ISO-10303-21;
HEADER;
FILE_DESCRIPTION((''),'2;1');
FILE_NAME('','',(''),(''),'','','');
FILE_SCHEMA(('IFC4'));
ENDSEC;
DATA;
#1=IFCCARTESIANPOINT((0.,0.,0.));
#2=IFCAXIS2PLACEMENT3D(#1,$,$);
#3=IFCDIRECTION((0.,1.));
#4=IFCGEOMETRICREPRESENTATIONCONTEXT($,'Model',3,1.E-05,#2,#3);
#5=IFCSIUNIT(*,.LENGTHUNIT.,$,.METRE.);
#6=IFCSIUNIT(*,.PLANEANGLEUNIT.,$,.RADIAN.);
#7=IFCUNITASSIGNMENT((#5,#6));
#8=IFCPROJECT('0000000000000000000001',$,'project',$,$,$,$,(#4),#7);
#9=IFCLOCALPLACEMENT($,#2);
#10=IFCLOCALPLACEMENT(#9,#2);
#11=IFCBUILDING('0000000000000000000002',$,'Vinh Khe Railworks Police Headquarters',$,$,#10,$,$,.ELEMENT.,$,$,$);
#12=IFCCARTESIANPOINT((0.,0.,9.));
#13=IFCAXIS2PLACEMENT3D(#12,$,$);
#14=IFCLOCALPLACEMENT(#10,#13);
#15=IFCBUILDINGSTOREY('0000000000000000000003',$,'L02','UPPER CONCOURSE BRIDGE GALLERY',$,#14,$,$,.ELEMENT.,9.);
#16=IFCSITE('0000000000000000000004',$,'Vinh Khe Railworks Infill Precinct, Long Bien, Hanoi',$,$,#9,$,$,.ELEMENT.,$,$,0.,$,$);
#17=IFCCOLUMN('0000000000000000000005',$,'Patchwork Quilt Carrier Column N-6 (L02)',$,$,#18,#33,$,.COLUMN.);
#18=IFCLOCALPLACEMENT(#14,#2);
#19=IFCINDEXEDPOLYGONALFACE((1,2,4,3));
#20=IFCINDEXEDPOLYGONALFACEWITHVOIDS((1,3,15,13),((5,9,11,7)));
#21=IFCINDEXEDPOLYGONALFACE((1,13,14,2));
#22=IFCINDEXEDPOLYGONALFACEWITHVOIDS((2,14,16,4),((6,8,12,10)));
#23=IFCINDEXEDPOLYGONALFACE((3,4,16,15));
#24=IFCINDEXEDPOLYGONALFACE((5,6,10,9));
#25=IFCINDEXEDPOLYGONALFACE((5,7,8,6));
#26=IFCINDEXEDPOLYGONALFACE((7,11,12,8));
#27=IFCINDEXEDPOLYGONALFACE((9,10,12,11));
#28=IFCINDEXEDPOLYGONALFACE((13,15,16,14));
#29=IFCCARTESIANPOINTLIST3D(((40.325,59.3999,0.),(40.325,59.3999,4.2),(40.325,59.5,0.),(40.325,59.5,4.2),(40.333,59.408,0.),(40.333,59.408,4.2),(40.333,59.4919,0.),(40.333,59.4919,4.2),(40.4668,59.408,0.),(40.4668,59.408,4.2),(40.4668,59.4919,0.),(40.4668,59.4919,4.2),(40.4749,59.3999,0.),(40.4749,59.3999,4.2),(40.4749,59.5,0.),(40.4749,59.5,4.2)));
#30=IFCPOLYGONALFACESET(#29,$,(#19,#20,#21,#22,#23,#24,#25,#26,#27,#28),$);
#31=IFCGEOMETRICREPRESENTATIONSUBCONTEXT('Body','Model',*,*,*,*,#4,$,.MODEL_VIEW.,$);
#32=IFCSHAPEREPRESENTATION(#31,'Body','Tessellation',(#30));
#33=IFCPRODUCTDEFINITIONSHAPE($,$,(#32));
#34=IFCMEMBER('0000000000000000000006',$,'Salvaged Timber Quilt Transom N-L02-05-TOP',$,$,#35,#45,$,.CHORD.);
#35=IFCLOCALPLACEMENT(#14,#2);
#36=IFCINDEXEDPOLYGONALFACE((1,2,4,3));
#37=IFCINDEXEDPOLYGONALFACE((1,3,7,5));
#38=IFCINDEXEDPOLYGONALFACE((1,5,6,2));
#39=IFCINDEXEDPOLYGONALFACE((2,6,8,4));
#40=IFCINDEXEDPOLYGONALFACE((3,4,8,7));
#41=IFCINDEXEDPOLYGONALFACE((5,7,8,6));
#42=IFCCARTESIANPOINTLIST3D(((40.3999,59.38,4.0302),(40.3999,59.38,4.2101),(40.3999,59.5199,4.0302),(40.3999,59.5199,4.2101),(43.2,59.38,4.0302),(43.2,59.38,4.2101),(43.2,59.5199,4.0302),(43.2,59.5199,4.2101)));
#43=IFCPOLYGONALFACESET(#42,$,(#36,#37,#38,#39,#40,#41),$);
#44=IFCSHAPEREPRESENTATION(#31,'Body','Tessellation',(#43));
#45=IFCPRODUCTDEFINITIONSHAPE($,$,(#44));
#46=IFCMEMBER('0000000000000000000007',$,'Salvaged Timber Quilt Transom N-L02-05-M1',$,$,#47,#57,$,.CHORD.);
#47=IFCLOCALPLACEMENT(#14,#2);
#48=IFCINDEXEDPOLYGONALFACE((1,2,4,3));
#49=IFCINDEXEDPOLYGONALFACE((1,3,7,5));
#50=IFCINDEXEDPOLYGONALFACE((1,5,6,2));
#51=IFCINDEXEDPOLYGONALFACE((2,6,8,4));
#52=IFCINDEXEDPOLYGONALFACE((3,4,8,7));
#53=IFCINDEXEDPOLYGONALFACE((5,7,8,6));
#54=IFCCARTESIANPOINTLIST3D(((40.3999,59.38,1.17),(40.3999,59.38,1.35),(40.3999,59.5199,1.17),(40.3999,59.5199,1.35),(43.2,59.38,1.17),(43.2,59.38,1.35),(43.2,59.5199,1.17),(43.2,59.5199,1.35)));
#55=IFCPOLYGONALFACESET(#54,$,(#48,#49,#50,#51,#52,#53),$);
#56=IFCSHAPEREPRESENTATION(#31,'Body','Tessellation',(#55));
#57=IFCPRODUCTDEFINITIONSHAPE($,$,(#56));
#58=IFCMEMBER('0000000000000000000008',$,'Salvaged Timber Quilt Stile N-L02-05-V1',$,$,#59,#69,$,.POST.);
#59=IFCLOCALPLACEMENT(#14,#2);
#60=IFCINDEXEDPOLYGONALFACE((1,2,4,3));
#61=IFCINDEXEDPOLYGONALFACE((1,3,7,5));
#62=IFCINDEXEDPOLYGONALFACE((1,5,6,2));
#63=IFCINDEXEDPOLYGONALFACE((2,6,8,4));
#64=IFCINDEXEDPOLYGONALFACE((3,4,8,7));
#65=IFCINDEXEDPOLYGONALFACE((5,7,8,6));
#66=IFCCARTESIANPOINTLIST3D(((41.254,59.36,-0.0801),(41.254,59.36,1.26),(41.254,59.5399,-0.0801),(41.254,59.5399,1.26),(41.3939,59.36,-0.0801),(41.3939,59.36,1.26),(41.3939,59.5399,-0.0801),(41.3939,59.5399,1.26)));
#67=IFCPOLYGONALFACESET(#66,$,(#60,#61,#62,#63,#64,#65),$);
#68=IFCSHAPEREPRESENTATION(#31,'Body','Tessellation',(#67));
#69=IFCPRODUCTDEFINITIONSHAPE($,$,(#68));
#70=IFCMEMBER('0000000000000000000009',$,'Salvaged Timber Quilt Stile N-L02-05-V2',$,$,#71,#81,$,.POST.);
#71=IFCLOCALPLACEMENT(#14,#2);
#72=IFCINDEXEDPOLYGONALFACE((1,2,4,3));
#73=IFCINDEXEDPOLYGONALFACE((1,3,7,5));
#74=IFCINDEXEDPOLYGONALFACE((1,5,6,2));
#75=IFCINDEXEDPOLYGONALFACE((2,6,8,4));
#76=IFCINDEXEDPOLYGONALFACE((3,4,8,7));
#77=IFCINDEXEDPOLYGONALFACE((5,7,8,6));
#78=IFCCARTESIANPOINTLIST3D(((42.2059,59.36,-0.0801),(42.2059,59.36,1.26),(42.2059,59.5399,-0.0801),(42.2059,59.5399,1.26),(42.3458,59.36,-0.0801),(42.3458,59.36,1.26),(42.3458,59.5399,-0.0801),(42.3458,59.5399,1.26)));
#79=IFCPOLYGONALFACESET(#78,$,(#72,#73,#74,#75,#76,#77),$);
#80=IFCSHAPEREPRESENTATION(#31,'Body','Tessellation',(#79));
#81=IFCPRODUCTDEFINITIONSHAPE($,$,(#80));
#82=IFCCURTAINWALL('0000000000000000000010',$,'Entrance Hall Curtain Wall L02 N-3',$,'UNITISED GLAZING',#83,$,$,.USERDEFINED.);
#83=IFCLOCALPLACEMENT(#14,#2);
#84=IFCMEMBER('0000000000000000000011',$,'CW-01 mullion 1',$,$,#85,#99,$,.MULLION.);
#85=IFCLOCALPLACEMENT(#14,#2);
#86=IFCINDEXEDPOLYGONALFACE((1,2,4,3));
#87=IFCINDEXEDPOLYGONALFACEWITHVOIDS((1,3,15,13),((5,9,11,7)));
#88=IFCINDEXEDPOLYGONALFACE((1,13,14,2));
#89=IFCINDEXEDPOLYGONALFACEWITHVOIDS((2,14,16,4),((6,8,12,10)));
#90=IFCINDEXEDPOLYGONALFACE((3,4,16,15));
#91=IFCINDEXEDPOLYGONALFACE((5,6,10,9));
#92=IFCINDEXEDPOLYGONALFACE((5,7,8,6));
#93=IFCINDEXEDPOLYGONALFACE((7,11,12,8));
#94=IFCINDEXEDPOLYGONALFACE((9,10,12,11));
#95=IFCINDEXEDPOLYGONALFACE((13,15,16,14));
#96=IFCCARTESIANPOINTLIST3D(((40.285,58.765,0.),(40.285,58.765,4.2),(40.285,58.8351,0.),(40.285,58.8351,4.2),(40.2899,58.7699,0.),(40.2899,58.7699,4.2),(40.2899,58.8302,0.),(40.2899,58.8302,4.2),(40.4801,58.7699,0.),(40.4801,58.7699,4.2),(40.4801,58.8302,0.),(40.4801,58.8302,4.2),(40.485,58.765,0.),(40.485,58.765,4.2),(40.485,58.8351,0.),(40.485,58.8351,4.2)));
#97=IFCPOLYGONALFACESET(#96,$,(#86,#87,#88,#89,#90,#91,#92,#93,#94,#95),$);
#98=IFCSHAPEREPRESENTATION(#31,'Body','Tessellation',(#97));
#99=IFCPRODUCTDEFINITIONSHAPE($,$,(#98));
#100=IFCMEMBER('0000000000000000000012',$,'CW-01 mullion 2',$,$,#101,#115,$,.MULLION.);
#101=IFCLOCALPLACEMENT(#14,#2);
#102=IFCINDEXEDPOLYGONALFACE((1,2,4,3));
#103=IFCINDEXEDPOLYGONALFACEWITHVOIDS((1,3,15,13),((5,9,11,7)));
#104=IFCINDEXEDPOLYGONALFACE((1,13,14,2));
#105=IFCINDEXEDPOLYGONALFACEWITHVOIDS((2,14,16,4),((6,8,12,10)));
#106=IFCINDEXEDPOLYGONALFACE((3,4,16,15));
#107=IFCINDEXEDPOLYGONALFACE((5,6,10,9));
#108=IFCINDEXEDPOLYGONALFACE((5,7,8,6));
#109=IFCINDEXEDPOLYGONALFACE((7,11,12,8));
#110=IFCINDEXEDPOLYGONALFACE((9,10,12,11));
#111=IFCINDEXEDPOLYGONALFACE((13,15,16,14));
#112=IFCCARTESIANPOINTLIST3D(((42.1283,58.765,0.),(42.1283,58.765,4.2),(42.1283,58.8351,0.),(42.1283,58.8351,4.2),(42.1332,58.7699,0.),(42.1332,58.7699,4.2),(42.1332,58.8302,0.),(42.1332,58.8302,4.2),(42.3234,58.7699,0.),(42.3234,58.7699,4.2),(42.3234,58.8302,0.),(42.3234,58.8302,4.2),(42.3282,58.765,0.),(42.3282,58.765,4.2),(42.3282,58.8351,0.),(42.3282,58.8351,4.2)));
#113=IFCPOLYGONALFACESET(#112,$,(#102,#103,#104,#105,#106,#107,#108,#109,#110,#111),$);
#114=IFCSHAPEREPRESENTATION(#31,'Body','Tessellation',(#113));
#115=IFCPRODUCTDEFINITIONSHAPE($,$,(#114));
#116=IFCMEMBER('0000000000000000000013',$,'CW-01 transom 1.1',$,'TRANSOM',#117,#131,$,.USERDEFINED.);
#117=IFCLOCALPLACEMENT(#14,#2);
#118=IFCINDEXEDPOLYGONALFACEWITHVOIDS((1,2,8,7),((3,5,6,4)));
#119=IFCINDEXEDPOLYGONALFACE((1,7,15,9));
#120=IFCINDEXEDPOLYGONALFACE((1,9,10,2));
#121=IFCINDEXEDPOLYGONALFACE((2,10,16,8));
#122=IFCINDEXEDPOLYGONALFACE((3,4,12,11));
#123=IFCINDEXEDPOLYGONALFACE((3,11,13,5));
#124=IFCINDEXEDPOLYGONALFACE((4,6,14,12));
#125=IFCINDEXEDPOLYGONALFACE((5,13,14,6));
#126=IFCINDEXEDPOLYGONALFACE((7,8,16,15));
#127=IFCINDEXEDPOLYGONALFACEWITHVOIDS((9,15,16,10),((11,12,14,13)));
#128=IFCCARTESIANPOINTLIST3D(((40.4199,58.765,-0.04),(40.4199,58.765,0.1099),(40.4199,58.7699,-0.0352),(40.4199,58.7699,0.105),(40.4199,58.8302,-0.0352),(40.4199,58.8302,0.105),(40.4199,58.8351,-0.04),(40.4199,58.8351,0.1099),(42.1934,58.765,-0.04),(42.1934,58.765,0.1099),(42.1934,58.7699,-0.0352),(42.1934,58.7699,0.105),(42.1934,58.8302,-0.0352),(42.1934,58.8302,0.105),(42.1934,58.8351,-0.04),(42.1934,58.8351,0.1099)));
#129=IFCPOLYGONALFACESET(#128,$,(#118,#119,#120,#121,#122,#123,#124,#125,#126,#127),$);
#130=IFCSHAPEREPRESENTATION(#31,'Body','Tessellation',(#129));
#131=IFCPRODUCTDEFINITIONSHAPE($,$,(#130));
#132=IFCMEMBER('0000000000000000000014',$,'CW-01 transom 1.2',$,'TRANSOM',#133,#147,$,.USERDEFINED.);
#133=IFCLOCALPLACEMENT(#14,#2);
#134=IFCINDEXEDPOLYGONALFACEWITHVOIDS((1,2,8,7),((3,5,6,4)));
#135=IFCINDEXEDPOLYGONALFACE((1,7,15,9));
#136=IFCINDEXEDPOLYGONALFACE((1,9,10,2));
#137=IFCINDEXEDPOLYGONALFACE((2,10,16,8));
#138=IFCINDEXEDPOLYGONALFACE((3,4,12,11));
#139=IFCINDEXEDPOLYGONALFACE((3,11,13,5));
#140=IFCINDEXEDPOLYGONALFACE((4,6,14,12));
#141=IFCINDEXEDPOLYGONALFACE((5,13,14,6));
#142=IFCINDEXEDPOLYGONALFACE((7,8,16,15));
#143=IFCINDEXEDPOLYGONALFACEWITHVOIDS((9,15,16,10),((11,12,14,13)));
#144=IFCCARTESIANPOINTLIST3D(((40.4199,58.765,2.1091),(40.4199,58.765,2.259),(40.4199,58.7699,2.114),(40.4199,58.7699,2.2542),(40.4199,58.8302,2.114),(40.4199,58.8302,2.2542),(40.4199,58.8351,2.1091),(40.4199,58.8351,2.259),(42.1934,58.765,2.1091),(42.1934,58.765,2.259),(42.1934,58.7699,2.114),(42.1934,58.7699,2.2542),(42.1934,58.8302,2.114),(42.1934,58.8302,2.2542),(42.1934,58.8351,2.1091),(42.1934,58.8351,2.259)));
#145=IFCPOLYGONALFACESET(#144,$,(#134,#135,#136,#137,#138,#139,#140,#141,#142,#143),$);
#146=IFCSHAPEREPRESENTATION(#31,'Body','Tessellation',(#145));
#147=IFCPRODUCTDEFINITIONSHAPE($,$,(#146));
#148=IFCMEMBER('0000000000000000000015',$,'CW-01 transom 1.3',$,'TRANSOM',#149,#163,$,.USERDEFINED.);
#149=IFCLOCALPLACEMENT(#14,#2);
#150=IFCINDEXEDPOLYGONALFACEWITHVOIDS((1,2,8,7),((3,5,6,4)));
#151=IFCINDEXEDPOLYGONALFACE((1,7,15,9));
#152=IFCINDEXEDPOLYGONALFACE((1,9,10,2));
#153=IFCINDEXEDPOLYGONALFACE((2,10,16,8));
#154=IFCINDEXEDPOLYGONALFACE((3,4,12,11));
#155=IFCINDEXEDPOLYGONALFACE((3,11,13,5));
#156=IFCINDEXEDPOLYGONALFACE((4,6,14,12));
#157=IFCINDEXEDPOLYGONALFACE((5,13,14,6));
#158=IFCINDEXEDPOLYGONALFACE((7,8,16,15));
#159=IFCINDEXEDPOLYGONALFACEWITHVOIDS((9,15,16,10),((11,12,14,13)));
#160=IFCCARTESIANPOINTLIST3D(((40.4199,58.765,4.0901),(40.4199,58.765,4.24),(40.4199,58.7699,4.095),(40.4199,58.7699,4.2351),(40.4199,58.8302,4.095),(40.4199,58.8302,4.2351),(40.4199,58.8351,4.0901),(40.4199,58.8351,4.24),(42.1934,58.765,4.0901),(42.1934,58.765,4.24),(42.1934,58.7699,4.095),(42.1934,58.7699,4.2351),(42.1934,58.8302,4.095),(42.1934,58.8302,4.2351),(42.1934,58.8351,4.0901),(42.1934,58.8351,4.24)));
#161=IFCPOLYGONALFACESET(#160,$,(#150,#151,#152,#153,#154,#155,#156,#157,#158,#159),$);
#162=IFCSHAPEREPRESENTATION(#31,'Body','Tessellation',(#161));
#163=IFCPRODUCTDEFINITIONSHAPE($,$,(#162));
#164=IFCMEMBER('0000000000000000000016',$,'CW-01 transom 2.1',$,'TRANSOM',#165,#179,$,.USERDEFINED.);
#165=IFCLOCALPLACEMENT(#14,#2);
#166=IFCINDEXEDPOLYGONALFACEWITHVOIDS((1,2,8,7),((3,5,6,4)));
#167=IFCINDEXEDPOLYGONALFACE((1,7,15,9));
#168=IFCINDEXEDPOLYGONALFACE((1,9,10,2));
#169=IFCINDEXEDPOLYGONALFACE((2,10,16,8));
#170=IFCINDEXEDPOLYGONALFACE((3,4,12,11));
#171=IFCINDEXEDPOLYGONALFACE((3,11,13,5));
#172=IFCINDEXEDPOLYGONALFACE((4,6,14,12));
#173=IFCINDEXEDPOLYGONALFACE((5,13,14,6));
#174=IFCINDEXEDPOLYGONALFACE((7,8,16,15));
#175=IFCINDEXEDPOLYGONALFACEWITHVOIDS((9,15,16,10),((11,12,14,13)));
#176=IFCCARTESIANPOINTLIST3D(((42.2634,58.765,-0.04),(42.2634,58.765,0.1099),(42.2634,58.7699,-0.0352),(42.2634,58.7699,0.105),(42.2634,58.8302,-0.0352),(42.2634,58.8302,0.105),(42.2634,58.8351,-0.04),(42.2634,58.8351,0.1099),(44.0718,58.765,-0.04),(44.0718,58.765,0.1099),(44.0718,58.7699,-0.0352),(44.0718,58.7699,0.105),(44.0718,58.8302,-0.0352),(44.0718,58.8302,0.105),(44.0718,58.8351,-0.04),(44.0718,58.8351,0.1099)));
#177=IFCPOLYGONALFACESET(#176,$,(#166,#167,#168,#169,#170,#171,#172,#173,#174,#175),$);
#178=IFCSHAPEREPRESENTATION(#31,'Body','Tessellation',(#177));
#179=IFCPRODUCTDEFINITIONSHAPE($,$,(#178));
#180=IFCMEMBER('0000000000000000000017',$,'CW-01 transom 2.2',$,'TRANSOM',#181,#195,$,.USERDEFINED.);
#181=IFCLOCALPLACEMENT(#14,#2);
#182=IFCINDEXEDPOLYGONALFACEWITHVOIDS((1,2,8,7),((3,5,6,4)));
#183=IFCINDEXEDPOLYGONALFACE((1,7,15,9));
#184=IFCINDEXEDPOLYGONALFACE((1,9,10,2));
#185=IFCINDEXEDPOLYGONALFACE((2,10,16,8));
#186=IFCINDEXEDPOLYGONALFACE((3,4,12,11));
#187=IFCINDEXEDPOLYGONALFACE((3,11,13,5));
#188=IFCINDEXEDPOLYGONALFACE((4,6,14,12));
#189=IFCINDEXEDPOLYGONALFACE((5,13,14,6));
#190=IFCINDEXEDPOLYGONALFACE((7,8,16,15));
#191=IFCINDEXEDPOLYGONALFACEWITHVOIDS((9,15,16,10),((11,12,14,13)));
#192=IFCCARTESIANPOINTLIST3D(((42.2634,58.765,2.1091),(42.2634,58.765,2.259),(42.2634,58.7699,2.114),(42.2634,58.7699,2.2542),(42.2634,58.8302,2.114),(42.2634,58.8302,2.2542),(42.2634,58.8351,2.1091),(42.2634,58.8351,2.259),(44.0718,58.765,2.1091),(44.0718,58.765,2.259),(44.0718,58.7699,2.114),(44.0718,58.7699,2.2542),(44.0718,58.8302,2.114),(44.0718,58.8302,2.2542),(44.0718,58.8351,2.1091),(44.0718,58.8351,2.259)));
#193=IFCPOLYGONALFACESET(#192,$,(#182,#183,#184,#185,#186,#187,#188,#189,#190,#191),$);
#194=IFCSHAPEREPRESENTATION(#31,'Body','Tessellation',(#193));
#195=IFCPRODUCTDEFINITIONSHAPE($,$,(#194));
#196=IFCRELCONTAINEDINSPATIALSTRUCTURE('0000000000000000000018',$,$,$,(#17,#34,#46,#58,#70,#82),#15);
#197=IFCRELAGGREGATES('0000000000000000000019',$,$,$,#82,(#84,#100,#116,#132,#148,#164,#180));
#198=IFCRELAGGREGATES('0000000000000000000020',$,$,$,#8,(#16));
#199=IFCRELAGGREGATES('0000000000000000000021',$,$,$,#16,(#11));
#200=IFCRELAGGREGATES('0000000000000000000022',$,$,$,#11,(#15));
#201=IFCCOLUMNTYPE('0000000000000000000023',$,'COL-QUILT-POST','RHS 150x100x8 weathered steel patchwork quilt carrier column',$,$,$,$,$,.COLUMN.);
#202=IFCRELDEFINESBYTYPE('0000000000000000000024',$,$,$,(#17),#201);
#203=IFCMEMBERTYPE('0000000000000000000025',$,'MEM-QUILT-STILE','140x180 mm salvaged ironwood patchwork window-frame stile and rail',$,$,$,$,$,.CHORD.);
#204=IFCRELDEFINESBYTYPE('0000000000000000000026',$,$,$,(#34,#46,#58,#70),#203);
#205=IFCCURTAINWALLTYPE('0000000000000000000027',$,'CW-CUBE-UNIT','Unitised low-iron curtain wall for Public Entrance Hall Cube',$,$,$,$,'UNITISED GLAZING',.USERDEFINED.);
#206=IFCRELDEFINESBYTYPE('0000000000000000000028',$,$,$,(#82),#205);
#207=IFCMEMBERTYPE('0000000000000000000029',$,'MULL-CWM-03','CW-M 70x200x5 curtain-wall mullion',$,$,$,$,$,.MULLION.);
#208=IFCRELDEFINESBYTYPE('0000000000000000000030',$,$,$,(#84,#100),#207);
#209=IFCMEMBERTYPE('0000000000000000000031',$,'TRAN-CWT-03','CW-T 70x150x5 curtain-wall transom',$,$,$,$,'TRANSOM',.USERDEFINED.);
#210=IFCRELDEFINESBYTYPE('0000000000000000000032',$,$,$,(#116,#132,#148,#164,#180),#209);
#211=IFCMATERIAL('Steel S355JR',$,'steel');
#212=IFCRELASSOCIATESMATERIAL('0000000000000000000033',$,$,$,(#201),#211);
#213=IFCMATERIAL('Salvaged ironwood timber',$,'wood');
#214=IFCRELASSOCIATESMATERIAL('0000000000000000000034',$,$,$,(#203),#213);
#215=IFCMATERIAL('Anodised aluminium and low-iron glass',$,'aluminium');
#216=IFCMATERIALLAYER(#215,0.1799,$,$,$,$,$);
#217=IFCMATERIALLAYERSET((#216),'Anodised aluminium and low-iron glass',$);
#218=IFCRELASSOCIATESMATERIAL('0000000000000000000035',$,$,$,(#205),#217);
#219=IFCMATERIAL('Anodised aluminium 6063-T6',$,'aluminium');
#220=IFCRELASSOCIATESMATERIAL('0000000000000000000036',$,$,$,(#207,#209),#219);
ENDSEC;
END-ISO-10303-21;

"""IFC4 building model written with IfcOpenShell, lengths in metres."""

from ifc_helpers import new_model, si_unit, direction, frame, origin, origin_2d, place, context, subcontext, project, spatial, rectangle, hollow_rectangle, extrude, material, layer, layer_set, material_profile, profile_set, type_object, element, aggregate, save


model = new_model("IFC4")

# Units and contexts
model_context = context("Model", 3, precision=1e-05, world=origin(), true_north=direction((0.0, 1.0)))
body_context = subcontext(model_context, "Body", "Model", "MODEL_VIEW")
ifc_project = project(units=[si_unit("LENGTHUNIT", "METRE"), si_unit("PLANEANGLEUNIT", "RADIAN")], contexts=[model_context])

# Site, building, storey
site_placement = place(None, origin())
site = spatial("IfcSite", under=ifc_project, at=site_placement, Name="Vinh Khe Railworks Infill Precinct, Long Bien, Hanoi", CompositionType="ELEMENT", RefElevation=0.0)
building_placement = place(site_placement, origin())
building = spatial("IfcBuilding", under=site, at=building_placement, Name="Vinh Khe Railworks Police Headquarters", CompositionType="ELEMENT")
storey_placement = place(building_placement, frame((0.0, 0.0, 9.0)))
storey = spatial("IfcBuildingStorey", under=building, at=storey_placement, Name="L02", Description="UPPER CONCOURSE BRIDGE GALLERY", CompositionType="ELEMENT", Elevation=9.0)

# Column
ifc_material_1 = material(Name="Steel S355JR", Category="steel")
ifc_material_profile_1 = material_profile(ifc_material_1, hollow_rectangle(XDim=0.1499, YDim=0.1001, WallThickness=0.0081, at=origin_2d()), Name="RHS 150x100x8")
ifc_profile_set_1 = profile_set([ifc_material_profile_1], Name="Steel S355JR")
column_type = type_object("IfcColumnType", Name="COL-QUILT-POST", Description="RHS 150x100x8 weathered steel patchwork quilt carrier column", PredefinedType="COLUMN", material=ifc_profile_set_1)
column_placement = place(storey_placement, frame((40.3999, 59.45, 0.0), z_axis=(0.0, 0.0, 1.0), x_axis=(1.0, 0.0, 0.0)))
element("IfcColumn", 1, at=column_placement, inside=storey, type_object=column_type, Name="Patchwork Quilt Carrier Column N-6 (L02)", PredefinedType="COLUMN", context=body_context, shape_type="SweptSolid", body=[
    extrude(hollow_rectangle(XDim=0.1499, YDim=0.1001, WallThickness=0.0081, at=origin_2d()), origin(), (0.0, 0.0, 1.0), 4.2),
])

# Members
ifc_material_2 = material(Name="Salvaged ironwood timber", Category="wood")
ifc_material_profile_2 = material_profile(ifc_material_2, rectangle(XDim=0.1399, YDim=0.1799, at=origin_2d()), Name="TIMBER 140x180")
ifc_profile_set_2 = profile_set([ifc_material_profile_2], Name="Salvaged ironwood timber")
member_type_1 = type_object("IfcMemberType", Name="MEM-QUILT-STILE", Description="140x180 mm salvaged ironwood patchwork window-frame stile and rail", PredefinedType="CHORD", material=ifc_profile_set_2)
for number, where, z_axis, x_axis, name in (
    (2, (40.3999, 59.45, 4.1201), (1.0, 0.0, 0.0), (0.0, 1.0, 0.0), "Salvaged Timber Quilt Transom N-L02-05-TOP"),
    (3, (40.3999, 59.45, 1.26), (1.0, 0.0, 0.0), (0.0, 1.0, 0.0), "Salvaged Timber Quilt Transom N-L02-05-M1"),
):
    element("IfcMember", number, at=place(storey_placement, frame(where, z_axis=z_axis, x_axis=x_axis)), inside=storey, type_object=member_type_1, Name=name, PredefinedType="CHORD", context=body_context, shape_type="SweptSolid", body=[
        extrude(rectangle(XDim=0.1399, YDim=0.1799, at=origin_2d()), origin(), (0.0, 0.0, 1.0), 2.8),
    ])
for number, where, z_axis, x_axis, name in (
    (4, (41.324, 59.45, -0.0801), (0.0, 0.0, 1.0), (1.0, 0.0, 0.0), "Salvaged Timber Quilt Stile N-L02-05-V1"),
    (5, (42.2759, 59.45, -0.0801), (0.0, 0.0, 1.0), (1.0, 0.0, 0.0), "Salvaged Timber Quilt Stile N-L02-05-V2"),
):
    element("IfcMember", number, at=place(storey_placement, frame(where, z_axis=z_axis, x_axis=x_axis)), inside=storey, type_object=member_type_1, Name=name, PredefinedType="POST", context=body_context, shape_type="SweptSolid", body=[
        extrude(rectangle(XDim=0.1399, YDim=0.1799, at=origin_2d()), origin(), (0.0, 0.0, 1.0), 1.3401),
    ])

# Curtain wall, members
ifc_material_3 = material(Name="Anodised aluminium and low-iron glass", Category="aluminium")
ifc_layer_1 = layer(ifc_material_3, 0.1799)
ifc_layer_set_1 = layer_set([ifc_layer_1], Name="Anodised aluminium and low-iron glass")
curtain_wall_type = type_object("IfcCurtainWallType", Name="CW-CUBE-UNIT", Description="Unitised low-iron curtain wall for Public Entrance Hall Cube", ElementType="UNITISED GLAZING", PredefinedType="USERDEFINED", material=ifc_layer_set_1)
curtain_wall_placement = place(storey_placement, origin())
curtain_wall = element("IfcCurtainWall", 6, at=curtain_wall_placement, inside=storey, type_object=curtain_wall_type, Name="Entrance Hall Curtain Wall L02 N-3", ObjectType="UNITISED GLAZING", PredefinedType="USERDEFINED")
ifc_material_4 = material(Name="Anodised aluminium 6063-T6", Category="aluminium")
ifc_material_profile_3 = material_profile(ifc_material_4, hollow_rectangle(XDim=0.0701, YDim=0.2, WallThickness=0.0049, at=origin_2d()), Name="CW-M 70x200x5")
ifc_profile_set_3 = profile_set([ifc_material_profile_3], Name="Anodised aluminium 6063-T6")
member_type_2 = type_object("IfcMemberType", Name="MULL-CWM-03", Description="CW-M 70x200x5 curtain-wall mullion", PredefinedType="MULLION", material=ifc_profile_set_3)
member_1_placement = place(storey_placement, frame((40.385, 58.8, 0.0), z_axis=(0.0, 0.0, 1.0), x_axis=(0.0, 1.0, 0.0)))
member_1 = element("IfcMember", 7, at=member_1_placement, type_object=member_type_2, Name="CW-01 mullion 1", PredefinedType="MULLION", context=body_context, shape_type="SweptSolid", body=[
    extrude(hollow_rectangle(XDim=0.0701, YDim=0.2, WallThickness=0.0049, at=origin_2d()), origin(), (0.0, 0.0, 1.0), 4.2),
])
member_2_placement = place(storey_placement, frame((42.2283, 58.8, 0.0), z_axis=(0.0, 0.0, 1.0), x_axis=(0.0, 1.0, 0.0)))
member_2 = element("IfcMember", 8, at=member_2_placement, type_object=member_type_2, Name="CW-01 mullion 2", PredefinedType="MULLION", context=body_context, shape_type="SweptSolid", body=[
    extrude(hollow_rectangle(XDim=0.0701, YDim=0.2, WallThickness=0.0049, at=origin_2d()), origin(), (0.0, 0.0, 1.0), 4.2),
])
ifc_material_profile_4 = material_profile(ifc_material_4, hollow_rectangle(XDim=0.0701, YDim=0.1499, WallThickness=0.0049, at=origin_2d()), Name="CW-T 70x150x5")
ifc_profile_set_4 = profile_set([ifc_material_profile_4], Name="Anodised aluminium 6063-T6")
member_type_3 = type_object("IfcMemberType", Name="TRAN-CWT-03", Description="CW-T 70x150x5 curtain-wall transom", ElementType="TRANSOM", PredefinedType="USERDEFINED", material=ifc_profile_set_4)
member_3_placement = place(storey_placement, frame((40.4199, 58.8, 0.0349), z_axis=(1.0, 0.0, 0.0), x_axis=(0.0, 1.0, 0.0)))
member_3 = element("IfcMember", 9, at=member_3_placement, type_object=member_type_3, Name="CW-01 transom 1.1", ObjectType="TRANSOM", PredefinedType="USERDEFINED", context=body_context, shape_type="SweptSolid", body=[
    extrude(hollow_rectangle(XDim=0.0701, YDim=0.1499, WallThickness=0.0049, at=origin_2d()), origin(), (0.0, 0.0, 1.0), 1.7734),
])
member_4_placement = place(storey_placement, frame((40.4199, 58.8, 2.1841), z_axis=(1.0, 0.0, 0.0), x_axis=(0.0, 1.0, 0.0)))
member_4 = element("IfcMember", 10, at=member_4_placement, type_object=member_type_3, Name="CW-01 transom 1.2", ObjectType="TRANSOM", PredefinedType="USERDEFINED", context=body_context, shape_type="SweptSolid", body=[
    extrude(hollow_rectangle(XDim=0.0701, YDim=0.1499, WallThickness=0.0049, at=origin_2d()), origin(), (0.0, 0.0, 1.0), 1.7734),
])
member_5_placement = place(storey_placement, frame((40.4199, 58.8, 4.165), z_axis=(1.0, 0.0, 0.0), x_axis=(0.0, 1.0, 0.0)))
member_5 = element("IfcMember", 11, at=member_5_placement, type_object=member_type_3, Name="CW-01 transom 1.3", ObjectType="TRANSOM", PredefinedType="USERDEFINED", context=body_context, shape_type="SweptSolid", body=[
    extrude(hollow_rectangle(XDim=0.0701, YDim=0.1499, WallThickness=0.0049, at=origin_2d()), origin(), (0.0, 0.0, 1.0), 1.7734),
])
member_6_placement = place(storey_placement, frame((42.2634, 58.8, 0.0349), z_axis=(1.0, 0.0, 0.0), x_axis=(0.0, 1.0, 0.0)))
member_6 = element("IfcMember", 12, at=member_6_placement, type_object=member_type_3, Name="CW-01 transom 2.1", ObjectType="TRANSOM", PredefinedType="USERDEFINED", context=body_context, shape_type="SweptSolid", body=[
    extrude(hollow_rectangle(XDim=0.0701, YDim=0.1499, WallThickness=0.0049, at=origin_2d()), origin(), (0.0, 0.0, 1.0), 1.8083),
])
member_7_placement = place(storey_placement, frame((42.2634, 58.8, 2.1841), z_axis=(1.0, 0.0, 0.0), x_axis=(0.0, 1.0, 0.0)))
member_7 = element("IfcMember", 13, at=member_7_placement, type_object=member_type_3, Name="CW-01 transom 2.2", ObjectType="TRANSOM", PredefinedType="USERDEFINED", context=body_context, shape_type="SweptSolid", body=[
    extrude(hollow_rectangle(XDim=0.0701, YDim=0.1499, WallThickness=0.0049, at=origin_2d()), origin(), (0.0, 0.0, 1.0), 1.8083),
])
aggregate(curtain_wall, [member_1, member_2, member_3, member_4, member_5, member_6, member_7])

save(model, "model.ifc")
